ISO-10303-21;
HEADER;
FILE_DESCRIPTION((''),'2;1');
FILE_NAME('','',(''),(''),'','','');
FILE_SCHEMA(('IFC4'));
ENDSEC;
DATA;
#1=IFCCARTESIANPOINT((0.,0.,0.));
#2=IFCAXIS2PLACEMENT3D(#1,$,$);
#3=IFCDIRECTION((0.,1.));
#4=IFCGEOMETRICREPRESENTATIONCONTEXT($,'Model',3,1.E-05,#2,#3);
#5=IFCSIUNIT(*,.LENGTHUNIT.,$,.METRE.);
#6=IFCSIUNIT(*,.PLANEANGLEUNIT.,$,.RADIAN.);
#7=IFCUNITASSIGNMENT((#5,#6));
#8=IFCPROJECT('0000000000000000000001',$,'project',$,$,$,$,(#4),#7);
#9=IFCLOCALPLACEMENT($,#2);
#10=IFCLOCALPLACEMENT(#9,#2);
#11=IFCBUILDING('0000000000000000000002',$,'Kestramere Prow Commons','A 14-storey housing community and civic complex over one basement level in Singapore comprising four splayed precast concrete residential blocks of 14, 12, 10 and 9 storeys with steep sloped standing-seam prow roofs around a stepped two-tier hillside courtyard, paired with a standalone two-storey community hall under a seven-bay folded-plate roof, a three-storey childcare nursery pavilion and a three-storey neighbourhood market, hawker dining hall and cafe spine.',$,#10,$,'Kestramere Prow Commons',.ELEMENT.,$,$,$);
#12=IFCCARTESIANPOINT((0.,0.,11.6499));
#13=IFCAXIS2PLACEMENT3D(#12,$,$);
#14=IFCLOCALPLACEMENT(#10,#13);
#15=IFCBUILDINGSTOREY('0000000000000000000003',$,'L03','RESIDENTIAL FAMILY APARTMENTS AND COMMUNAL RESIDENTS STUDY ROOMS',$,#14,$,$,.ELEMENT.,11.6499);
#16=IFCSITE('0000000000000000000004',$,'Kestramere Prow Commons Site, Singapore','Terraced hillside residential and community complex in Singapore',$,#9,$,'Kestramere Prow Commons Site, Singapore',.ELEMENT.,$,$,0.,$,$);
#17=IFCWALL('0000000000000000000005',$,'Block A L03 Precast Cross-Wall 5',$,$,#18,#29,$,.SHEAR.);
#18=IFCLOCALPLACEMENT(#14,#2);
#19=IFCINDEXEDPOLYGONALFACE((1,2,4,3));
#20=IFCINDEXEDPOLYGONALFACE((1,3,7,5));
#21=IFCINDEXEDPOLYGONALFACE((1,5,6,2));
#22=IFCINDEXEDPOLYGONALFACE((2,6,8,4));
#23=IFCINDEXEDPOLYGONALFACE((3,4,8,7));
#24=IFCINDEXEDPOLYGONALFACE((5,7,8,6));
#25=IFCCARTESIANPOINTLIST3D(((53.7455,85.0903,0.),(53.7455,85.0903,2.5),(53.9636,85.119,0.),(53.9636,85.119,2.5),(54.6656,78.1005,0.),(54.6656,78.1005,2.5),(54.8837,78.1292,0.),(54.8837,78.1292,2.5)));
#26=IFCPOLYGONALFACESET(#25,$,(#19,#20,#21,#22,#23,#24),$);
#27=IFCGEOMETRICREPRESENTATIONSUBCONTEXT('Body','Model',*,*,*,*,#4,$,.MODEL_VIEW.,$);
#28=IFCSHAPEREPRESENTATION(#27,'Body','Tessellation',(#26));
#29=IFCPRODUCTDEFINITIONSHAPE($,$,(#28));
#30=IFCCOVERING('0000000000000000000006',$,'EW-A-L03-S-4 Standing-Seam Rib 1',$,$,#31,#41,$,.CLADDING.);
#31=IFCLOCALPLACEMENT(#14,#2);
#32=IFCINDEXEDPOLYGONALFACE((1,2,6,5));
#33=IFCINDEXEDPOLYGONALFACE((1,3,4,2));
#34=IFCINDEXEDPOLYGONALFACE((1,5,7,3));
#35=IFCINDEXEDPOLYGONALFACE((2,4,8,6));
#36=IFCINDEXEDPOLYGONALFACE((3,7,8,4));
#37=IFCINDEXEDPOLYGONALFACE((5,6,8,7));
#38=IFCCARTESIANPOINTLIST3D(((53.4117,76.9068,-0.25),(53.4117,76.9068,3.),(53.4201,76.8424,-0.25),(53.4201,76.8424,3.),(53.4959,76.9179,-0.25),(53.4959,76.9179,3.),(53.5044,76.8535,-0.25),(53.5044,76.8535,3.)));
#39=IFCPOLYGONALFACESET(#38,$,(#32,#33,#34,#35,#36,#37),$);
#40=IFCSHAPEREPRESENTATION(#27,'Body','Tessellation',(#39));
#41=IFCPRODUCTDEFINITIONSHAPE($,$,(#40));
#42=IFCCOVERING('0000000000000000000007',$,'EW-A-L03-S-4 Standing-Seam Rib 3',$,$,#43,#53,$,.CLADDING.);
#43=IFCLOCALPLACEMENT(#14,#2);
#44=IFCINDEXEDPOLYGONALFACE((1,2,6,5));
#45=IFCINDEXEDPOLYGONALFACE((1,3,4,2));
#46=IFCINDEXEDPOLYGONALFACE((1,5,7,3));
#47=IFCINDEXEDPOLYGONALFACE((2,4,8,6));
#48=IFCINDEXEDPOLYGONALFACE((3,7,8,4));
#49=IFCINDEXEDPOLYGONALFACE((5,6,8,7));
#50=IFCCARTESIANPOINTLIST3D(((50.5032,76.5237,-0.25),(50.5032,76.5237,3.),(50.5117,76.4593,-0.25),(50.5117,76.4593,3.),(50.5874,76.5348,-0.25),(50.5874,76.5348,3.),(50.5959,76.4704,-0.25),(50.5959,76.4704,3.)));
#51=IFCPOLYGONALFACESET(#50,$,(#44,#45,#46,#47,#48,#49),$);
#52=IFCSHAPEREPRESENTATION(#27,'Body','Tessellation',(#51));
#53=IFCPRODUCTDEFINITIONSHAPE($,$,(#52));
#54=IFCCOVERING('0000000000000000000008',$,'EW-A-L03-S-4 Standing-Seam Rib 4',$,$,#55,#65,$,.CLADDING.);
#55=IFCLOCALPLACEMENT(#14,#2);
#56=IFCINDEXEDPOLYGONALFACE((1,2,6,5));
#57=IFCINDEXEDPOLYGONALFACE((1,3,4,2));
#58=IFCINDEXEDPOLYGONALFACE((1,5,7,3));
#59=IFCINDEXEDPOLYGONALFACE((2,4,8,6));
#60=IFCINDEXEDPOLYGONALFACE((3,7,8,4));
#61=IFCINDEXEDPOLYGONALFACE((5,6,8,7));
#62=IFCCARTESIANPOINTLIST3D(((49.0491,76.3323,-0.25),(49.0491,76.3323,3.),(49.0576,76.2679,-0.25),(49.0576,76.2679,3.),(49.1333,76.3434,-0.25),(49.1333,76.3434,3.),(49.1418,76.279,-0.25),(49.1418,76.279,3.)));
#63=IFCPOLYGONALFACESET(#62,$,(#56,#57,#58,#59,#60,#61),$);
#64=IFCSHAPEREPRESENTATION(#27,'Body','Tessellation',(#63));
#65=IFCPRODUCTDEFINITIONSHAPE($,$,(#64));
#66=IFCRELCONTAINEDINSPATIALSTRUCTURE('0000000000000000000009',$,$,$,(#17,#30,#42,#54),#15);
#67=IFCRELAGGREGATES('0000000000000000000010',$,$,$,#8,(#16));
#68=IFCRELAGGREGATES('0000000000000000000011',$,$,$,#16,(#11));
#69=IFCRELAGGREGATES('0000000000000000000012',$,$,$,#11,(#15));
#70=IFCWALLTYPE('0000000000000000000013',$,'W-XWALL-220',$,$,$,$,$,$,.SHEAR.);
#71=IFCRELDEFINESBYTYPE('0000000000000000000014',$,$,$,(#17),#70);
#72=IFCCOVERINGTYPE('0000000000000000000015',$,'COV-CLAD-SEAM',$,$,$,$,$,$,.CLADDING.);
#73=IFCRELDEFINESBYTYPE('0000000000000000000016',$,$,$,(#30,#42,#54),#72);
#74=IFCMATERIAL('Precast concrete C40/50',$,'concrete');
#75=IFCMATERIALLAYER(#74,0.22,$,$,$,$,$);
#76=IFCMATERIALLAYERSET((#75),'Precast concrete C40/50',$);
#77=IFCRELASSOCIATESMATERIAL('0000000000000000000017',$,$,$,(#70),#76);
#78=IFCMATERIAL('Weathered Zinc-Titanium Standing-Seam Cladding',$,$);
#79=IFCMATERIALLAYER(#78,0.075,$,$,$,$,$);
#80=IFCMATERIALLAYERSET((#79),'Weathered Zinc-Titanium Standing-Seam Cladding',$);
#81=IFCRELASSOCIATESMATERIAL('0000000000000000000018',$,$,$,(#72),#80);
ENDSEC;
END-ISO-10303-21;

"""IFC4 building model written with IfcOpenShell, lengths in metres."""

from ifc_helpers import new_model, si_unit, direction, frame, frame_2d, origin, origin_2d, place, context, subcontext, project, spatial, rectangle, extrude, material, layer, layer_set, type_object, element, save


model = new_model("IFC4")

# Units and contexts
model_context = context("Model", 3, precision=1e-05, world=origin(), true_north=direction((0.0, 1.0)))
body_context = subcontext(model_context, "Body", "Model", "MODEL_VIEW")
ifc_project = project(units=[si_unit("LENGTHUNIT", "METRE"), si_unit("PLANEANGLEUNIT", "RADIAN")], contexts=[model_context])

# Site, building, storey
site_placement = place(None, origin())
site = spatial("IfcSite", under=ifc_project, at=site_placement, Name="Kestramere Prow Commons Site, Singapore", Description="Terraced hillside residential and community complex in Singapore", LongName="Kestramere Prow Commons Site, Singapore", CompositionType="ELEMENT", RefElevation=0.0)
building_placement = place(site_placement, origin())
building = spatial("IfcBuilding", under=site, at=building_placement, Name="Kestramere Prow Commons", Description="A 14-storey housing community and civic complex over one basement level in Singapore comprising four splayed precast concrete residential blocks of 14, 12, 10 and 9 storeys with steep sloped standing-seam prow roofs around a stepped two-tier hillside courtyard, paired with a standalone two-storey community hall under a seven-bay folded-plate roof, a three-storey childcare nursery pavilion and a three-storey neighbourhood market, hawker dining hall and cafe spine.", LongName="Kestramere Prow Commons", CompositionType="ELEMENT")
storey_placement = place(building_placement, frame((0.0, 0.0, 11.6499)))
storey = spatial("IfcBuildingStorey", under=building, at=storey_placement, Name="L03", Description="RESIDENTIAL FAMILY APARTMENTS AND COMMUNAL RESIDENTS STUDY ROOMS", CompositionType="ELEMENT", Elevation=11.6499)

# Shared definitions
ifc_material_1 = material(Name="Precast concrete C40/50", Category="concrete")

# Wall
ifc_layer_1 = layer(ifc_material_1, 0.22)
ifc_layer_set_1 = layer_set([ifc_layer_1], Name="Precast concrete C40/50")
wall_type_1 = type_object("IfcWallType", Name="W-XWALL-220", PredefinedType="SHEAR", material=ifc_layer_set_1)
wall_1_placement = place(storey_placement, frame((54.7747, 78.115, 0.0), z_axis=(0.0, 0.0, 1.0), x_axis=(-0.130519, 0.991446, 0.0)))
element("IfcWall", 1, at=wall_1_placement, inside=storey, type_object=wall_type_1, Name="Block A L03 Precast Cross-Wall 5", PredefinedType="SHEAR", context=body_context, shape_type="SweptSolid", body=[
    extrude(rectangle(XDim=7.05, YDim=0.22, at=frame_2d((3.5249, 0.0))), origin(), (0.0, 0.0, 1.0), 2.5),
])

# Coverings
ifc_material_2 = material(Name="Weathered Zinc-Titanium Standing-Seam Cladding")
ifc_layer_2 = layer(ifc_material_2, 0.075)
ifc_layer_set_2 = layer_set([ifc_layer_2], Name="Weathered Zinc-Titanium Standing-Seam Cladding")
covering_type = type_object("IfcCoveringType", Name="COV-CLAD-SEAM", PredefinedType="CLADDING", material=ifc_layer_set_2)
for number, where, z_axis, x_axis, name in (
    (2, (53.458, 76.8801, -0.25), (0.0, 0.0, 1.0), (-0.991445, -0.130526, 0.0), "EW-A-L03-S-4 Standing-Seam Rib 1"),
    (3, (50.5496, 76.4971, -0.25), (0.0, 0.0, 1.0), (-0.991445, -0.130526, 0.0), "EW-A-L03-S-4 Standing-Seam Rib 3"),
    (4, (49.0955, 76.3057, -0.25), (0.0, 0.0, 1.0), (-0.991445, -0.130526, 0.0), "EW-A-L03-S-4 Standing-Seam Rib 4"),
):
    element("IfcCovering", number, at=place(storey_placement, frame(where, z_axis=z_axis, x_axis=x_axis)), inside=storey, type_object=covering_type, Name=name, PredefinedType="CLADDING", context=body_context, shape_type="SweptSolid", body=[
        extrude(rectangle(XDim=0.085, YDim=0.0649, at=origin_2d()), origin(), (0.0, 0.0, 1.0), 3.25),
    ])

save(model, "model.ifc")
